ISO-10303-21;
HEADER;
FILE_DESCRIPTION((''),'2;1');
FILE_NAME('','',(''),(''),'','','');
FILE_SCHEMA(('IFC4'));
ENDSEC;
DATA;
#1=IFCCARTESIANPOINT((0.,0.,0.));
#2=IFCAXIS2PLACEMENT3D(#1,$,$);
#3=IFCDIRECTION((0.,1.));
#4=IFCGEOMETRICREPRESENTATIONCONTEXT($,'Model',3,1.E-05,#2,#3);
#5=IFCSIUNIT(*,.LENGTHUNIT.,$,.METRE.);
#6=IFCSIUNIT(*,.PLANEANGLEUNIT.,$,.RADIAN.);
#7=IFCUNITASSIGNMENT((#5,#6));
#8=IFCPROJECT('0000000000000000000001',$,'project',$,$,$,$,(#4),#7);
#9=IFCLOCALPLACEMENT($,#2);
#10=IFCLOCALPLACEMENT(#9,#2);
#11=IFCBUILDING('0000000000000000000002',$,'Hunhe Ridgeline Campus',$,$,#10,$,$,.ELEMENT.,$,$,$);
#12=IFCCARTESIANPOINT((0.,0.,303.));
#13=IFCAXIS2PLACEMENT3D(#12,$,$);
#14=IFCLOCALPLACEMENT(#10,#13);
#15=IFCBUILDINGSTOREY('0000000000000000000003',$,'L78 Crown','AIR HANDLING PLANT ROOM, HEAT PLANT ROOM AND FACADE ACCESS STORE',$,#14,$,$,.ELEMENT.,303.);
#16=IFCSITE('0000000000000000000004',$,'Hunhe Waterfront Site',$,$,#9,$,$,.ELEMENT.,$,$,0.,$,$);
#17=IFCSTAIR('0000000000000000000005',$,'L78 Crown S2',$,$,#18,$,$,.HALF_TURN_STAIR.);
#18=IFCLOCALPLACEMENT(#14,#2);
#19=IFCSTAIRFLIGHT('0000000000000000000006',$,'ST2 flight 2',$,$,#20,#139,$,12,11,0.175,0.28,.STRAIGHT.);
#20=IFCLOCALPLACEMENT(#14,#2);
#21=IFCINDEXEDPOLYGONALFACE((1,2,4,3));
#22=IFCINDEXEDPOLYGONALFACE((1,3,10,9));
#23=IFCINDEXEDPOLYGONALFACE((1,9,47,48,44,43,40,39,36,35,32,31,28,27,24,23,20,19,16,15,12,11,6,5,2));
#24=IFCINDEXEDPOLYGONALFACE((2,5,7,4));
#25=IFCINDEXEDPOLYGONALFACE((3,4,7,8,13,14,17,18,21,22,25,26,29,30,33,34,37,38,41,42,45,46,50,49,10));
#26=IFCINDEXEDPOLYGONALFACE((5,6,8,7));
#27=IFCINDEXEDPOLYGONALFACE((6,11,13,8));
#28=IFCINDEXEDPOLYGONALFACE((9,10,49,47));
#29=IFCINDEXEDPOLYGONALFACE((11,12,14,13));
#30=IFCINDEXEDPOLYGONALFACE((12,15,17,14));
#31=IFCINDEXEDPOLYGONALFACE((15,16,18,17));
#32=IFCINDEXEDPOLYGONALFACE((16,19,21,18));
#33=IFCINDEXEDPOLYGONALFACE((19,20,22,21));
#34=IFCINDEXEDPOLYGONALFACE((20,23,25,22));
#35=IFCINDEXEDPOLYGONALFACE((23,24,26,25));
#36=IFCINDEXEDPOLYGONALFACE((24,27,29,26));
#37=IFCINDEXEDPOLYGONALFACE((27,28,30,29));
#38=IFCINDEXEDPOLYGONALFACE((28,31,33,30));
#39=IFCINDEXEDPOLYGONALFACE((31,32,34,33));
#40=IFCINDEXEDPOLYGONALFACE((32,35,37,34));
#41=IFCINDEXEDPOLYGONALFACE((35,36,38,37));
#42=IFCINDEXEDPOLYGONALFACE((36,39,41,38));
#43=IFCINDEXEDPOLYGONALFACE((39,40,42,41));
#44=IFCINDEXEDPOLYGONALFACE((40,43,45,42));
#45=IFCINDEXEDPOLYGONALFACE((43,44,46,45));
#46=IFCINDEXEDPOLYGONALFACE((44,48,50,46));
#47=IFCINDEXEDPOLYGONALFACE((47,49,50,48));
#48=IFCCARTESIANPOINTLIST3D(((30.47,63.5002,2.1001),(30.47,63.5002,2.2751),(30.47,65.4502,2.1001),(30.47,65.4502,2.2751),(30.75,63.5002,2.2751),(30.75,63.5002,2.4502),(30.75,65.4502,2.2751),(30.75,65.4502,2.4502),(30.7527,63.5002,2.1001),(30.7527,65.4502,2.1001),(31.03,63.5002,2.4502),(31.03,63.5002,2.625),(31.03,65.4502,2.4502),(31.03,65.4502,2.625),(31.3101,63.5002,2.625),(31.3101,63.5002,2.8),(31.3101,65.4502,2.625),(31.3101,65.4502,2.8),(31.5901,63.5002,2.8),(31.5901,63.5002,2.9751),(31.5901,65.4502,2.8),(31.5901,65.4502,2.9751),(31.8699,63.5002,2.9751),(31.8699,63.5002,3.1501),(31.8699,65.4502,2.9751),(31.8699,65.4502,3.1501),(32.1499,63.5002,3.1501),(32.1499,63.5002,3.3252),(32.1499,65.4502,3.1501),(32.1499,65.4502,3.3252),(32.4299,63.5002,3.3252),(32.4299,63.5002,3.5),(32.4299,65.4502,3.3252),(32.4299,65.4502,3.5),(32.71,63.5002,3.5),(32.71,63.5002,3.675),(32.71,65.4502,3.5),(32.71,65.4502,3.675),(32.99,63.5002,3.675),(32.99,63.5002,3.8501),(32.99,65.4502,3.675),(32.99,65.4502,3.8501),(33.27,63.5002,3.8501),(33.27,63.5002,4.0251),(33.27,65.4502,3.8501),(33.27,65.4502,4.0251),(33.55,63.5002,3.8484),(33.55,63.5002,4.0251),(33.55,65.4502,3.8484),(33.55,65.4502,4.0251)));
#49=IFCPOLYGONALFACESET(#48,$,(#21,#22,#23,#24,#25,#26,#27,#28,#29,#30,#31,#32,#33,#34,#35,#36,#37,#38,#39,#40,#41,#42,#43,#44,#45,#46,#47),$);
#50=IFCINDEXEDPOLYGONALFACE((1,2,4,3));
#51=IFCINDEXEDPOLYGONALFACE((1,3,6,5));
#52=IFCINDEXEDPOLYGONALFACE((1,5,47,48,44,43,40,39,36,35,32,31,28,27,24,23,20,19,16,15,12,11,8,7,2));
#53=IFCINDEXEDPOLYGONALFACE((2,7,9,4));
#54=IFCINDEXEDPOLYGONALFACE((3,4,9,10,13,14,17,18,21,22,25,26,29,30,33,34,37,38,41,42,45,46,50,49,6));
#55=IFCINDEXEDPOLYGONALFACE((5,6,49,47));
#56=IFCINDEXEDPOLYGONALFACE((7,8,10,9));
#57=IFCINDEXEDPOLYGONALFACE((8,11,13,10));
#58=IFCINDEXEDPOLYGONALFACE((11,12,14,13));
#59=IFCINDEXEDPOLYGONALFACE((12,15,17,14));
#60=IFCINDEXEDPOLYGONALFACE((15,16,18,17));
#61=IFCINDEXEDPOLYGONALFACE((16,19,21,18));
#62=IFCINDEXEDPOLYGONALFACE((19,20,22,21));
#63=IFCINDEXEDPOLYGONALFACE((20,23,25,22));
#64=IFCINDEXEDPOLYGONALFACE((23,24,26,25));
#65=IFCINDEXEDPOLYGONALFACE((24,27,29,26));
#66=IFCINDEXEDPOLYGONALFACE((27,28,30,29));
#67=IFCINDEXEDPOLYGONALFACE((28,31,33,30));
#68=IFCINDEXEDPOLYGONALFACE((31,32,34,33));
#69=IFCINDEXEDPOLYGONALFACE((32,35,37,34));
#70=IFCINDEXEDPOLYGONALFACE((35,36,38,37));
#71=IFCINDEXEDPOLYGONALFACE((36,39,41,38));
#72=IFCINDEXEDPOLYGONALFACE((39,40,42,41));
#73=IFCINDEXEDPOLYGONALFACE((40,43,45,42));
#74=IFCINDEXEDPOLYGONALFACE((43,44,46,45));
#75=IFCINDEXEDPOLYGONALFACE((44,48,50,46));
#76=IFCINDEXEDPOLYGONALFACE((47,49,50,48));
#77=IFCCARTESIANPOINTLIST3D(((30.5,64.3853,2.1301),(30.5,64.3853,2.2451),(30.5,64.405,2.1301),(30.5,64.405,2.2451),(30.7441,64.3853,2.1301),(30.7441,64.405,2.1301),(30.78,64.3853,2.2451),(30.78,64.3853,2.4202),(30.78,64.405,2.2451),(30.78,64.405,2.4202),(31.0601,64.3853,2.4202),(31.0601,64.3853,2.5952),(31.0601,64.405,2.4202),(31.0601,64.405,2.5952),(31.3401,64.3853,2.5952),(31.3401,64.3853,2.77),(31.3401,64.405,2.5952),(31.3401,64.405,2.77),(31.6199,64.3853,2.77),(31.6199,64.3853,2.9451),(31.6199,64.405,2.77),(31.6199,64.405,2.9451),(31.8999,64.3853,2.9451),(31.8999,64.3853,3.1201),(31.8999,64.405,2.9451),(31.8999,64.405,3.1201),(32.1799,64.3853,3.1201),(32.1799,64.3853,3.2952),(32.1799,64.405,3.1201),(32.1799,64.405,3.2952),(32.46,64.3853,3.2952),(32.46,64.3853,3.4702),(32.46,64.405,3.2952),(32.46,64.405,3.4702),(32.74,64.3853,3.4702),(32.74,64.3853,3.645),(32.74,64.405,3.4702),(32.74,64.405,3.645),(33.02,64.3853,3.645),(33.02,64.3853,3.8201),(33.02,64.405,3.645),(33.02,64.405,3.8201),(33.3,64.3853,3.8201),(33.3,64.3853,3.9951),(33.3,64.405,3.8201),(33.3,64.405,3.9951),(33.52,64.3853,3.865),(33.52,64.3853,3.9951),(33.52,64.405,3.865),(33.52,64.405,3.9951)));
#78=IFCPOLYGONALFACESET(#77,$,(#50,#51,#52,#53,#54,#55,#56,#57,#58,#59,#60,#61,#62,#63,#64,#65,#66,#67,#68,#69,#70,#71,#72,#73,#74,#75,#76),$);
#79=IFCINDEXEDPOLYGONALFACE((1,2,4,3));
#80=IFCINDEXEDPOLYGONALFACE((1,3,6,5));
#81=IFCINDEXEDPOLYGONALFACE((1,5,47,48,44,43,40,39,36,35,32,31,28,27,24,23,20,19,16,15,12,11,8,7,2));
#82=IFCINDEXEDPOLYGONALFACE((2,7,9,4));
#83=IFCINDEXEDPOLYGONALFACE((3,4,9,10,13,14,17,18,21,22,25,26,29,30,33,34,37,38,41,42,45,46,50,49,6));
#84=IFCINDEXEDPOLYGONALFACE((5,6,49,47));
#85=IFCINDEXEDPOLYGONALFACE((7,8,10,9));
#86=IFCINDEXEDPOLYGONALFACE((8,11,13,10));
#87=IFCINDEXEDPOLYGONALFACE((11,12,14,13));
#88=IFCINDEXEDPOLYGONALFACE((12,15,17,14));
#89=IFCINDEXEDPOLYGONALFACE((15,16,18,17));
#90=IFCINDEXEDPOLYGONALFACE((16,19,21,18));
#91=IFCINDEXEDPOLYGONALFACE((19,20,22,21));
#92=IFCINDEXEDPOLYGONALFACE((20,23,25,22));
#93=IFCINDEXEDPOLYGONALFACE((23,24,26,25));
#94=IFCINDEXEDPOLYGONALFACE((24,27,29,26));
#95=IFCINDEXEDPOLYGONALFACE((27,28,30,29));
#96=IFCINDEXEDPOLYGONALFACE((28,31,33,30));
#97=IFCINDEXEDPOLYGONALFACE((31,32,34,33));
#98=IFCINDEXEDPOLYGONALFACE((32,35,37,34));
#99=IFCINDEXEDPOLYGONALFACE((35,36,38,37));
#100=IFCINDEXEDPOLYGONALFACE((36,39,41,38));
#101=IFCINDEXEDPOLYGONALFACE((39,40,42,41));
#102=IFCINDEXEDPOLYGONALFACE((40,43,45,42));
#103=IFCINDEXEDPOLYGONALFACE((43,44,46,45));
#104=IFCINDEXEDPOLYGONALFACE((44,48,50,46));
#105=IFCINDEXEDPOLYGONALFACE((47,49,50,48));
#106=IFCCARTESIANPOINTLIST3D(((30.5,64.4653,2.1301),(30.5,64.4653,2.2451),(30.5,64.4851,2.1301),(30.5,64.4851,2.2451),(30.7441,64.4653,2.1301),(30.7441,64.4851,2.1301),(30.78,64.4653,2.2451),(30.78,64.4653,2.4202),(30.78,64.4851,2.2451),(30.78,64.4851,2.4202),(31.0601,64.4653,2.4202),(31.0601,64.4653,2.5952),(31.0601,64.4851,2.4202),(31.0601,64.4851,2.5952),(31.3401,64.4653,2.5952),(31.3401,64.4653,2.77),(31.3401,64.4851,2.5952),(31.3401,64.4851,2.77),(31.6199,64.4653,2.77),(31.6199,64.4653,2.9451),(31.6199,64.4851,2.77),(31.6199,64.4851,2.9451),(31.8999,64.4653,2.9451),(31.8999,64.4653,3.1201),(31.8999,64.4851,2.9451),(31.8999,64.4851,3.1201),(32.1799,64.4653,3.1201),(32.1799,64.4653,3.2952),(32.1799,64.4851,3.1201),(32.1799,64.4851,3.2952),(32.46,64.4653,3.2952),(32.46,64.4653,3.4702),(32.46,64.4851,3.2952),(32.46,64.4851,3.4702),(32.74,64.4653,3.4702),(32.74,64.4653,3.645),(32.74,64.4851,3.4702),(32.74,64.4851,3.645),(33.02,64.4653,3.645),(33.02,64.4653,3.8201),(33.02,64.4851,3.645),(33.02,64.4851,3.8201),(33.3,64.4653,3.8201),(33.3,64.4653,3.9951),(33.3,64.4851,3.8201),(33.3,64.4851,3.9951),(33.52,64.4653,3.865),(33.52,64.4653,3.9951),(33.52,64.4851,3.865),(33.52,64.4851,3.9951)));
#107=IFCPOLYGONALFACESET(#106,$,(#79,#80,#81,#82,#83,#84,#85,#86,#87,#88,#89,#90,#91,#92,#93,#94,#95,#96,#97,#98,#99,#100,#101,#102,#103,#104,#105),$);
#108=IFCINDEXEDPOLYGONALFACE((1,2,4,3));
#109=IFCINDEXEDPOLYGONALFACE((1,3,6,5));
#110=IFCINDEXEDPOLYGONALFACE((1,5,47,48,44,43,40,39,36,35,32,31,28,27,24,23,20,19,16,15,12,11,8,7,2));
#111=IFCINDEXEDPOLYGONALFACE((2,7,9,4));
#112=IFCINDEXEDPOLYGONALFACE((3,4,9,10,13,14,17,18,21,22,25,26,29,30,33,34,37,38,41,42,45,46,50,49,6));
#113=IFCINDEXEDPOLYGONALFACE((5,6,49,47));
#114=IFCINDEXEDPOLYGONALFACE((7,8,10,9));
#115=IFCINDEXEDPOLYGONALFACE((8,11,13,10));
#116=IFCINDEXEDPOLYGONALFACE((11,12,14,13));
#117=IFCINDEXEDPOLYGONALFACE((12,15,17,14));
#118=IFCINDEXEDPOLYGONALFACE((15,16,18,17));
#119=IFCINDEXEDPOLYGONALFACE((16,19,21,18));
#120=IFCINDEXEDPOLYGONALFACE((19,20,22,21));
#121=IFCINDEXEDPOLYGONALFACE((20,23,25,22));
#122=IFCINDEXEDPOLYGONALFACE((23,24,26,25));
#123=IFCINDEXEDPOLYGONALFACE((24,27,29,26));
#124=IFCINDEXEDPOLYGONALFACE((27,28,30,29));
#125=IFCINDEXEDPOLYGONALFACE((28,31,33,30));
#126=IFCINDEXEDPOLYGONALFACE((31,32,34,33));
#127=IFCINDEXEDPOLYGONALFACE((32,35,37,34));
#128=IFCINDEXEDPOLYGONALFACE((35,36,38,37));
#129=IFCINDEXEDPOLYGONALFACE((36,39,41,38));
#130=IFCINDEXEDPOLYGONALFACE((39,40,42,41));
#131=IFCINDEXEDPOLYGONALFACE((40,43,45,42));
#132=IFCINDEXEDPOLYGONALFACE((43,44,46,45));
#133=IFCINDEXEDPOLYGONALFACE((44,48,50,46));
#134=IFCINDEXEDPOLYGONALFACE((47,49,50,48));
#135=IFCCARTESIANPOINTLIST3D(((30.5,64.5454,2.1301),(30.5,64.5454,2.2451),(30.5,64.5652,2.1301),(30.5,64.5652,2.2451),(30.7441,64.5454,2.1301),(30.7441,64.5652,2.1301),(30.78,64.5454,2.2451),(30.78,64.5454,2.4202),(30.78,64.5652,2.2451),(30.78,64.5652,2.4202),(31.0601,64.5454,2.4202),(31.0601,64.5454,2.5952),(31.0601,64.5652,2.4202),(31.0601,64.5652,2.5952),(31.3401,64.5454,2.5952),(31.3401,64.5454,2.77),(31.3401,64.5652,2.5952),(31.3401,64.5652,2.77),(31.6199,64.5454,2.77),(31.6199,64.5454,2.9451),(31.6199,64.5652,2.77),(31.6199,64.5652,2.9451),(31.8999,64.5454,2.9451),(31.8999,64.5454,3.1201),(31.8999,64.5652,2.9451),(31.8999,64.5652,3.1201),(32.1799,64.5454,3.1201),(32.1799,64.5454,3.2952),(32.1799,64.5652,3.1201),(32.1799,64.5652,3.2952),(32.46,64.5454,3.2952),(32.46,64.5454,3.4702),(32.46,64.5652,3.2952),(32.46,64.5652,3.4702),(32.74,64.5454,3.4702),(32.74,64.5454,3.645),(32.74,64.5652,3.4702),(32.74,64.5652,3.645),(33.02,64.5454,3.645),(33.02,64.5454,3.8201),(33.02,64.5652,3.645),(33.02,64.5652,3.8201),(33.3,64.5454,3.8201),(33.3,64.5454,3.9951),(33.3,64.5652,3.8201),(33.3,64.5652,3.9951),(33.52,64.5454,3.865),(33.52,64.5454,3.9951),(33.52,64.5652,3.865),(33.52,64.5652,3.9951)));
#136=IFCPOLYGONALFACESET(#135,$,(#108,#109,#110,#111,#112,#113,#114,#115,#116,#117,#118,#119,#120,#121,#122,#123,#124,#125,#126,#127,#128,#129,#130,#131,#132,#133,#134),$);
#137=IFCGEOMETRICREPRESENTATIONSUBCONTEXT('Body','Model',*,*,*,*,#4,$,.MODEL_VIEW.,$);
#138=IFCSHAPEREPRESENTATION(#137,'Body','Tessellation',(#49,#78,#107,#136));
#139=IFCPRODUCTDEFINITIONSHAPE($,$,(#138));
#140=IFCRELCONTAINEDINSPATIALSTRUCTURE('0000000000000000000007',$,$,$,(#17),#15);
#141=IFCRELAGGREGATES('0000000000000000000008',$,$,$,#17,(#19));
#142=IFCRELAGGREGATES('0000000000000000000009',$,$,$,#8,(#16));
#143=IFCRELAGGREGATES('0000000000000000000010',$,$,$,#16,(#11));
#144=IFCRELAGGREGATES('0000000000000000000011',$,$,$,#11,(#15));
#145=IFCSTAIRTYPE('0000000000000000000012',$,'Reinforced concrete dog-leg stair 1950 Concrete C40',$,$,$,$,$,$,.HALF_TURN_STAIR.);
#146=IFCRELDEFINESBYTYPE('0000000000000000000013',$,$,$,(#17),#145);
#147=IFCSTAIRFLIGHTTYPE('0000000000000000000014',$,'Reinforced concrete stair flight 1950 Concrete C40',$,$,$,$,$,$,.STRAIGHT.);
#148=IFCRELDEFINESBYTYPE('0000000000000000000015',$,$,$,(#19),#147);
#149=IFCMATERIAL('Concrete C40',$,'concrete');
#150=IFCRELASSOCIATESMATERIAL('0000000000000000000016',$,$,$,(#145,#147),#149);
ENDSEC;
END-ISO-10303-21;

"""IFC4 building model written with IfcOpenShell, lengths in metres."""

from ifc_helpers import new_model, si_unit, direction, frame, origin, place, context, subcontext, project, spatial, polyline, outline, extrude, material, type_object, element, aggregate, save


model = new_model("IFC4")

# Units and contexts
model_context = context("Model", 3, precision=1e-05, world=origin(), true_north=direction((0.0, 1.0)))
body_context = subcontext(model_context, "Body", "Model", "MODEL_VIEW")
ifc_project = project(units=[si_unit("LENGTHUNIT", "METRE"), si_unit("PLANEANGLEUNIT", "RADIAN")], contexts=[model_context])

# Site, building, storey
site_placement = place(None, origin())
site = spatial("IfcSite", under=ifc_project, at=site_placement, Name="Hunhe Waterfront Site", CompositionType="ELEMENT", RefElevation=0.0)
building_placement = place(site_placement, origin())
building = spatial("IfcBuilding", under=site, at=building_placement, Name="Hunhe Ridgeline Campus", CompositionType="ELEMENT")
storey_placement = place(building_placement, frame((0.0, 0.0, 303.0)))
storey = spatial("IfcBuildingStorey", under=building, at=storey_placement, Name="L78 Crown", Description="AIR HANDLING PLANT ROOM, HEAT PLANT ROOM AND FACADE ACCESS STORE", CompositionType="ELEMENT", Elevation=303.0)

# Stair, stair flight
ifc_material_1 = material(Name="Concrete C40", Category="concrete")
stair_type = type_object("IfcStairType", Name="Reinforced concrete dog-leg stair 1950 Concrete C40", PredefinedType="HALF_TURN_STAIR", material=ifc_material_1)
stair_1_placement = place(storey_placement, origin())
stair_1 = element("IfcStair", 1, at=stair_1_placement, inside=storey, type_object=stair_type, Name="L78 Crown S2", PredefinedType="HALF_TURN_STAIR")
stair_flight_type = type_object("IfcStairFlightType", Name="Reinforced concrete stair flight 1950 Concrete C40", PredefinedType="STRAIGHT", material=ifc_material_1)
stair_flight_1_placement = place(storey_placement, frame((30.47, 64.4751, 2.1001), z_axis=(0.0, 0.0, 1.0), x_axis=(1.0, 0.0, 0.0)))
stair_flight_1 = element("IfcStairFlight", 2, at=stair_flight_1_placement, type_object=stair_flight_type, Name="ST2 flight 2", NumberOfRisers=12, NumberOfTreads=11, PredefinedType="STRAIGHT", RiserHeight=0.175, TreadLength=0.28, context=body_context, shape_type="SweptSolid", body=[
    extrude(outline(polyline([(0.0, 0.0), (0.0, 0.175), (0.28, 0.175), (0.28, 0.3501), (0.5601, 0.3501), (0.5601, 0.5249), (0.8401, 0.5249), (0.8401, 0.7), (1.1201, 0.7), (1.1201, 0.875), (1.3999, 0.875), (1.3999, 1.05), (1.6799, 1.05), (1.6799, 1.2251), (1.96, 1.2251), (1.96, 1.3999), (2.24, 1.3999), (2.24, 1.575), (2.52, 1.575), (2.52, 1.75), (2.8, 1.75), (2.8, 1.925), (3.0801, 1.925), (3.0801, 2.1001), (3.0801, 1.7483), (0.2827, 0.0), (0.0, 0.0)])), frame((0.0, 0.9751, 0.0), z_axis=(0.0, -1.0, 0.0), x_axis=(1.0, 0.0, 0.0)), (0.0, 0.0, 1.0), 1.95),
    extrude(outline(polyline([(0.03, 0.03), (0.03, 0.145), (0.3101, 0.145), (0.3101, 0.3201), (0.5901, 0.3201), (0.5901, 0.4951), (0.8701, 0.4951), (0.8701, 0.6699), (1.1499, 0.6699), (1.1499, 0.845), (1.4299, 0.845), (1.4299, 1.02), (1.71, 1.02), (1.71, 1.1951), (1.99, 1.1951), (1.99, 1.3701), (2.27, 1.3701), (2.27, 1.5449), (2.55, 1.5449), (2.55, 1.72), (2.8301, 1.72), (2.8301, 1.895), (3.05, 1.895), (3.05, 1.7649), (0.2742, 0.03), (0.03, 0.03)])), frame((0.0, -0.0701, 0.0), z_axis=(0.0, -1.0, 0.0), x_axis=(1.0, 0.0, 0.0)), (0.0, 0.0, 1.0), 0.0198),
    extrude(outline(polyline([(0.03, 0.03), (0.03, 0.145), (0.3101, 0.145), (0.3101, 0.3201), (0.5901, 0.3201), (0.5901, 0.4951), (0.8701, 0.4951), (0.8701, 0.6699), (1.1499, 0.6699), (1.1499, 0.845), (1.4299, 0.845), (1.4299, 1.02), (1.71, 1.02), (1.71, 1.1951), (1.99, 1.1951), (1.99, 1.3701), (2.27, 1.3701), (2.27, 1.5449), (2.55, 1.5449), (2.55, 1.72), (2.8301, 1.72), (2.8301, 1.895), (3.05, 1.895), (3.05, 1.7649), (0.2742, 0.03), (0.03, 0.03)])), frame((0.0, 0.01, 0.0), z_axis=(0.0, -1.0, 0.0), x_axis=(1.0, 0.0, 0.0)), (0.0, 0.0, 1.0), 0.0198),
    extrude(outline(polyline([(0.03, 0.03), (0.03, 0.145), (0.3101, 0.145), (0.3101, 0.3201), (0.5901, 0.3201), (0.5901, 0.4951), (0.8701, 0.4951), (0.8701, 0.6699), (1.1499, 0.6699), (1.1499, 0.845), (1.4299, 0.845), (1.4299, 1.02), (1.71, 1.02), (1.71, 1.1951), (1.99, 1.1951), (1.99, 1.3701), (2.27, 1.3701), (2.27, 1.5449), (2.55, 1.5449), (2.55, 1.72), (2.8301, 1.72), (2.8301, 1.895), (3.05, 1.895), (3.05, 1.7649), (0.2742, 0.03), (0.03, 0.03)])), frame((0.0, 0.0901, 0.0), z_axis=(0.0, -1.0, 0.0), x_axis=(1.0, 0.0, 0.0)), (0.0, 0.0, 1.0), 0.0198),
])
aggregate(stair_1, [stair_flight_1])

save(model, "model.ifc")
